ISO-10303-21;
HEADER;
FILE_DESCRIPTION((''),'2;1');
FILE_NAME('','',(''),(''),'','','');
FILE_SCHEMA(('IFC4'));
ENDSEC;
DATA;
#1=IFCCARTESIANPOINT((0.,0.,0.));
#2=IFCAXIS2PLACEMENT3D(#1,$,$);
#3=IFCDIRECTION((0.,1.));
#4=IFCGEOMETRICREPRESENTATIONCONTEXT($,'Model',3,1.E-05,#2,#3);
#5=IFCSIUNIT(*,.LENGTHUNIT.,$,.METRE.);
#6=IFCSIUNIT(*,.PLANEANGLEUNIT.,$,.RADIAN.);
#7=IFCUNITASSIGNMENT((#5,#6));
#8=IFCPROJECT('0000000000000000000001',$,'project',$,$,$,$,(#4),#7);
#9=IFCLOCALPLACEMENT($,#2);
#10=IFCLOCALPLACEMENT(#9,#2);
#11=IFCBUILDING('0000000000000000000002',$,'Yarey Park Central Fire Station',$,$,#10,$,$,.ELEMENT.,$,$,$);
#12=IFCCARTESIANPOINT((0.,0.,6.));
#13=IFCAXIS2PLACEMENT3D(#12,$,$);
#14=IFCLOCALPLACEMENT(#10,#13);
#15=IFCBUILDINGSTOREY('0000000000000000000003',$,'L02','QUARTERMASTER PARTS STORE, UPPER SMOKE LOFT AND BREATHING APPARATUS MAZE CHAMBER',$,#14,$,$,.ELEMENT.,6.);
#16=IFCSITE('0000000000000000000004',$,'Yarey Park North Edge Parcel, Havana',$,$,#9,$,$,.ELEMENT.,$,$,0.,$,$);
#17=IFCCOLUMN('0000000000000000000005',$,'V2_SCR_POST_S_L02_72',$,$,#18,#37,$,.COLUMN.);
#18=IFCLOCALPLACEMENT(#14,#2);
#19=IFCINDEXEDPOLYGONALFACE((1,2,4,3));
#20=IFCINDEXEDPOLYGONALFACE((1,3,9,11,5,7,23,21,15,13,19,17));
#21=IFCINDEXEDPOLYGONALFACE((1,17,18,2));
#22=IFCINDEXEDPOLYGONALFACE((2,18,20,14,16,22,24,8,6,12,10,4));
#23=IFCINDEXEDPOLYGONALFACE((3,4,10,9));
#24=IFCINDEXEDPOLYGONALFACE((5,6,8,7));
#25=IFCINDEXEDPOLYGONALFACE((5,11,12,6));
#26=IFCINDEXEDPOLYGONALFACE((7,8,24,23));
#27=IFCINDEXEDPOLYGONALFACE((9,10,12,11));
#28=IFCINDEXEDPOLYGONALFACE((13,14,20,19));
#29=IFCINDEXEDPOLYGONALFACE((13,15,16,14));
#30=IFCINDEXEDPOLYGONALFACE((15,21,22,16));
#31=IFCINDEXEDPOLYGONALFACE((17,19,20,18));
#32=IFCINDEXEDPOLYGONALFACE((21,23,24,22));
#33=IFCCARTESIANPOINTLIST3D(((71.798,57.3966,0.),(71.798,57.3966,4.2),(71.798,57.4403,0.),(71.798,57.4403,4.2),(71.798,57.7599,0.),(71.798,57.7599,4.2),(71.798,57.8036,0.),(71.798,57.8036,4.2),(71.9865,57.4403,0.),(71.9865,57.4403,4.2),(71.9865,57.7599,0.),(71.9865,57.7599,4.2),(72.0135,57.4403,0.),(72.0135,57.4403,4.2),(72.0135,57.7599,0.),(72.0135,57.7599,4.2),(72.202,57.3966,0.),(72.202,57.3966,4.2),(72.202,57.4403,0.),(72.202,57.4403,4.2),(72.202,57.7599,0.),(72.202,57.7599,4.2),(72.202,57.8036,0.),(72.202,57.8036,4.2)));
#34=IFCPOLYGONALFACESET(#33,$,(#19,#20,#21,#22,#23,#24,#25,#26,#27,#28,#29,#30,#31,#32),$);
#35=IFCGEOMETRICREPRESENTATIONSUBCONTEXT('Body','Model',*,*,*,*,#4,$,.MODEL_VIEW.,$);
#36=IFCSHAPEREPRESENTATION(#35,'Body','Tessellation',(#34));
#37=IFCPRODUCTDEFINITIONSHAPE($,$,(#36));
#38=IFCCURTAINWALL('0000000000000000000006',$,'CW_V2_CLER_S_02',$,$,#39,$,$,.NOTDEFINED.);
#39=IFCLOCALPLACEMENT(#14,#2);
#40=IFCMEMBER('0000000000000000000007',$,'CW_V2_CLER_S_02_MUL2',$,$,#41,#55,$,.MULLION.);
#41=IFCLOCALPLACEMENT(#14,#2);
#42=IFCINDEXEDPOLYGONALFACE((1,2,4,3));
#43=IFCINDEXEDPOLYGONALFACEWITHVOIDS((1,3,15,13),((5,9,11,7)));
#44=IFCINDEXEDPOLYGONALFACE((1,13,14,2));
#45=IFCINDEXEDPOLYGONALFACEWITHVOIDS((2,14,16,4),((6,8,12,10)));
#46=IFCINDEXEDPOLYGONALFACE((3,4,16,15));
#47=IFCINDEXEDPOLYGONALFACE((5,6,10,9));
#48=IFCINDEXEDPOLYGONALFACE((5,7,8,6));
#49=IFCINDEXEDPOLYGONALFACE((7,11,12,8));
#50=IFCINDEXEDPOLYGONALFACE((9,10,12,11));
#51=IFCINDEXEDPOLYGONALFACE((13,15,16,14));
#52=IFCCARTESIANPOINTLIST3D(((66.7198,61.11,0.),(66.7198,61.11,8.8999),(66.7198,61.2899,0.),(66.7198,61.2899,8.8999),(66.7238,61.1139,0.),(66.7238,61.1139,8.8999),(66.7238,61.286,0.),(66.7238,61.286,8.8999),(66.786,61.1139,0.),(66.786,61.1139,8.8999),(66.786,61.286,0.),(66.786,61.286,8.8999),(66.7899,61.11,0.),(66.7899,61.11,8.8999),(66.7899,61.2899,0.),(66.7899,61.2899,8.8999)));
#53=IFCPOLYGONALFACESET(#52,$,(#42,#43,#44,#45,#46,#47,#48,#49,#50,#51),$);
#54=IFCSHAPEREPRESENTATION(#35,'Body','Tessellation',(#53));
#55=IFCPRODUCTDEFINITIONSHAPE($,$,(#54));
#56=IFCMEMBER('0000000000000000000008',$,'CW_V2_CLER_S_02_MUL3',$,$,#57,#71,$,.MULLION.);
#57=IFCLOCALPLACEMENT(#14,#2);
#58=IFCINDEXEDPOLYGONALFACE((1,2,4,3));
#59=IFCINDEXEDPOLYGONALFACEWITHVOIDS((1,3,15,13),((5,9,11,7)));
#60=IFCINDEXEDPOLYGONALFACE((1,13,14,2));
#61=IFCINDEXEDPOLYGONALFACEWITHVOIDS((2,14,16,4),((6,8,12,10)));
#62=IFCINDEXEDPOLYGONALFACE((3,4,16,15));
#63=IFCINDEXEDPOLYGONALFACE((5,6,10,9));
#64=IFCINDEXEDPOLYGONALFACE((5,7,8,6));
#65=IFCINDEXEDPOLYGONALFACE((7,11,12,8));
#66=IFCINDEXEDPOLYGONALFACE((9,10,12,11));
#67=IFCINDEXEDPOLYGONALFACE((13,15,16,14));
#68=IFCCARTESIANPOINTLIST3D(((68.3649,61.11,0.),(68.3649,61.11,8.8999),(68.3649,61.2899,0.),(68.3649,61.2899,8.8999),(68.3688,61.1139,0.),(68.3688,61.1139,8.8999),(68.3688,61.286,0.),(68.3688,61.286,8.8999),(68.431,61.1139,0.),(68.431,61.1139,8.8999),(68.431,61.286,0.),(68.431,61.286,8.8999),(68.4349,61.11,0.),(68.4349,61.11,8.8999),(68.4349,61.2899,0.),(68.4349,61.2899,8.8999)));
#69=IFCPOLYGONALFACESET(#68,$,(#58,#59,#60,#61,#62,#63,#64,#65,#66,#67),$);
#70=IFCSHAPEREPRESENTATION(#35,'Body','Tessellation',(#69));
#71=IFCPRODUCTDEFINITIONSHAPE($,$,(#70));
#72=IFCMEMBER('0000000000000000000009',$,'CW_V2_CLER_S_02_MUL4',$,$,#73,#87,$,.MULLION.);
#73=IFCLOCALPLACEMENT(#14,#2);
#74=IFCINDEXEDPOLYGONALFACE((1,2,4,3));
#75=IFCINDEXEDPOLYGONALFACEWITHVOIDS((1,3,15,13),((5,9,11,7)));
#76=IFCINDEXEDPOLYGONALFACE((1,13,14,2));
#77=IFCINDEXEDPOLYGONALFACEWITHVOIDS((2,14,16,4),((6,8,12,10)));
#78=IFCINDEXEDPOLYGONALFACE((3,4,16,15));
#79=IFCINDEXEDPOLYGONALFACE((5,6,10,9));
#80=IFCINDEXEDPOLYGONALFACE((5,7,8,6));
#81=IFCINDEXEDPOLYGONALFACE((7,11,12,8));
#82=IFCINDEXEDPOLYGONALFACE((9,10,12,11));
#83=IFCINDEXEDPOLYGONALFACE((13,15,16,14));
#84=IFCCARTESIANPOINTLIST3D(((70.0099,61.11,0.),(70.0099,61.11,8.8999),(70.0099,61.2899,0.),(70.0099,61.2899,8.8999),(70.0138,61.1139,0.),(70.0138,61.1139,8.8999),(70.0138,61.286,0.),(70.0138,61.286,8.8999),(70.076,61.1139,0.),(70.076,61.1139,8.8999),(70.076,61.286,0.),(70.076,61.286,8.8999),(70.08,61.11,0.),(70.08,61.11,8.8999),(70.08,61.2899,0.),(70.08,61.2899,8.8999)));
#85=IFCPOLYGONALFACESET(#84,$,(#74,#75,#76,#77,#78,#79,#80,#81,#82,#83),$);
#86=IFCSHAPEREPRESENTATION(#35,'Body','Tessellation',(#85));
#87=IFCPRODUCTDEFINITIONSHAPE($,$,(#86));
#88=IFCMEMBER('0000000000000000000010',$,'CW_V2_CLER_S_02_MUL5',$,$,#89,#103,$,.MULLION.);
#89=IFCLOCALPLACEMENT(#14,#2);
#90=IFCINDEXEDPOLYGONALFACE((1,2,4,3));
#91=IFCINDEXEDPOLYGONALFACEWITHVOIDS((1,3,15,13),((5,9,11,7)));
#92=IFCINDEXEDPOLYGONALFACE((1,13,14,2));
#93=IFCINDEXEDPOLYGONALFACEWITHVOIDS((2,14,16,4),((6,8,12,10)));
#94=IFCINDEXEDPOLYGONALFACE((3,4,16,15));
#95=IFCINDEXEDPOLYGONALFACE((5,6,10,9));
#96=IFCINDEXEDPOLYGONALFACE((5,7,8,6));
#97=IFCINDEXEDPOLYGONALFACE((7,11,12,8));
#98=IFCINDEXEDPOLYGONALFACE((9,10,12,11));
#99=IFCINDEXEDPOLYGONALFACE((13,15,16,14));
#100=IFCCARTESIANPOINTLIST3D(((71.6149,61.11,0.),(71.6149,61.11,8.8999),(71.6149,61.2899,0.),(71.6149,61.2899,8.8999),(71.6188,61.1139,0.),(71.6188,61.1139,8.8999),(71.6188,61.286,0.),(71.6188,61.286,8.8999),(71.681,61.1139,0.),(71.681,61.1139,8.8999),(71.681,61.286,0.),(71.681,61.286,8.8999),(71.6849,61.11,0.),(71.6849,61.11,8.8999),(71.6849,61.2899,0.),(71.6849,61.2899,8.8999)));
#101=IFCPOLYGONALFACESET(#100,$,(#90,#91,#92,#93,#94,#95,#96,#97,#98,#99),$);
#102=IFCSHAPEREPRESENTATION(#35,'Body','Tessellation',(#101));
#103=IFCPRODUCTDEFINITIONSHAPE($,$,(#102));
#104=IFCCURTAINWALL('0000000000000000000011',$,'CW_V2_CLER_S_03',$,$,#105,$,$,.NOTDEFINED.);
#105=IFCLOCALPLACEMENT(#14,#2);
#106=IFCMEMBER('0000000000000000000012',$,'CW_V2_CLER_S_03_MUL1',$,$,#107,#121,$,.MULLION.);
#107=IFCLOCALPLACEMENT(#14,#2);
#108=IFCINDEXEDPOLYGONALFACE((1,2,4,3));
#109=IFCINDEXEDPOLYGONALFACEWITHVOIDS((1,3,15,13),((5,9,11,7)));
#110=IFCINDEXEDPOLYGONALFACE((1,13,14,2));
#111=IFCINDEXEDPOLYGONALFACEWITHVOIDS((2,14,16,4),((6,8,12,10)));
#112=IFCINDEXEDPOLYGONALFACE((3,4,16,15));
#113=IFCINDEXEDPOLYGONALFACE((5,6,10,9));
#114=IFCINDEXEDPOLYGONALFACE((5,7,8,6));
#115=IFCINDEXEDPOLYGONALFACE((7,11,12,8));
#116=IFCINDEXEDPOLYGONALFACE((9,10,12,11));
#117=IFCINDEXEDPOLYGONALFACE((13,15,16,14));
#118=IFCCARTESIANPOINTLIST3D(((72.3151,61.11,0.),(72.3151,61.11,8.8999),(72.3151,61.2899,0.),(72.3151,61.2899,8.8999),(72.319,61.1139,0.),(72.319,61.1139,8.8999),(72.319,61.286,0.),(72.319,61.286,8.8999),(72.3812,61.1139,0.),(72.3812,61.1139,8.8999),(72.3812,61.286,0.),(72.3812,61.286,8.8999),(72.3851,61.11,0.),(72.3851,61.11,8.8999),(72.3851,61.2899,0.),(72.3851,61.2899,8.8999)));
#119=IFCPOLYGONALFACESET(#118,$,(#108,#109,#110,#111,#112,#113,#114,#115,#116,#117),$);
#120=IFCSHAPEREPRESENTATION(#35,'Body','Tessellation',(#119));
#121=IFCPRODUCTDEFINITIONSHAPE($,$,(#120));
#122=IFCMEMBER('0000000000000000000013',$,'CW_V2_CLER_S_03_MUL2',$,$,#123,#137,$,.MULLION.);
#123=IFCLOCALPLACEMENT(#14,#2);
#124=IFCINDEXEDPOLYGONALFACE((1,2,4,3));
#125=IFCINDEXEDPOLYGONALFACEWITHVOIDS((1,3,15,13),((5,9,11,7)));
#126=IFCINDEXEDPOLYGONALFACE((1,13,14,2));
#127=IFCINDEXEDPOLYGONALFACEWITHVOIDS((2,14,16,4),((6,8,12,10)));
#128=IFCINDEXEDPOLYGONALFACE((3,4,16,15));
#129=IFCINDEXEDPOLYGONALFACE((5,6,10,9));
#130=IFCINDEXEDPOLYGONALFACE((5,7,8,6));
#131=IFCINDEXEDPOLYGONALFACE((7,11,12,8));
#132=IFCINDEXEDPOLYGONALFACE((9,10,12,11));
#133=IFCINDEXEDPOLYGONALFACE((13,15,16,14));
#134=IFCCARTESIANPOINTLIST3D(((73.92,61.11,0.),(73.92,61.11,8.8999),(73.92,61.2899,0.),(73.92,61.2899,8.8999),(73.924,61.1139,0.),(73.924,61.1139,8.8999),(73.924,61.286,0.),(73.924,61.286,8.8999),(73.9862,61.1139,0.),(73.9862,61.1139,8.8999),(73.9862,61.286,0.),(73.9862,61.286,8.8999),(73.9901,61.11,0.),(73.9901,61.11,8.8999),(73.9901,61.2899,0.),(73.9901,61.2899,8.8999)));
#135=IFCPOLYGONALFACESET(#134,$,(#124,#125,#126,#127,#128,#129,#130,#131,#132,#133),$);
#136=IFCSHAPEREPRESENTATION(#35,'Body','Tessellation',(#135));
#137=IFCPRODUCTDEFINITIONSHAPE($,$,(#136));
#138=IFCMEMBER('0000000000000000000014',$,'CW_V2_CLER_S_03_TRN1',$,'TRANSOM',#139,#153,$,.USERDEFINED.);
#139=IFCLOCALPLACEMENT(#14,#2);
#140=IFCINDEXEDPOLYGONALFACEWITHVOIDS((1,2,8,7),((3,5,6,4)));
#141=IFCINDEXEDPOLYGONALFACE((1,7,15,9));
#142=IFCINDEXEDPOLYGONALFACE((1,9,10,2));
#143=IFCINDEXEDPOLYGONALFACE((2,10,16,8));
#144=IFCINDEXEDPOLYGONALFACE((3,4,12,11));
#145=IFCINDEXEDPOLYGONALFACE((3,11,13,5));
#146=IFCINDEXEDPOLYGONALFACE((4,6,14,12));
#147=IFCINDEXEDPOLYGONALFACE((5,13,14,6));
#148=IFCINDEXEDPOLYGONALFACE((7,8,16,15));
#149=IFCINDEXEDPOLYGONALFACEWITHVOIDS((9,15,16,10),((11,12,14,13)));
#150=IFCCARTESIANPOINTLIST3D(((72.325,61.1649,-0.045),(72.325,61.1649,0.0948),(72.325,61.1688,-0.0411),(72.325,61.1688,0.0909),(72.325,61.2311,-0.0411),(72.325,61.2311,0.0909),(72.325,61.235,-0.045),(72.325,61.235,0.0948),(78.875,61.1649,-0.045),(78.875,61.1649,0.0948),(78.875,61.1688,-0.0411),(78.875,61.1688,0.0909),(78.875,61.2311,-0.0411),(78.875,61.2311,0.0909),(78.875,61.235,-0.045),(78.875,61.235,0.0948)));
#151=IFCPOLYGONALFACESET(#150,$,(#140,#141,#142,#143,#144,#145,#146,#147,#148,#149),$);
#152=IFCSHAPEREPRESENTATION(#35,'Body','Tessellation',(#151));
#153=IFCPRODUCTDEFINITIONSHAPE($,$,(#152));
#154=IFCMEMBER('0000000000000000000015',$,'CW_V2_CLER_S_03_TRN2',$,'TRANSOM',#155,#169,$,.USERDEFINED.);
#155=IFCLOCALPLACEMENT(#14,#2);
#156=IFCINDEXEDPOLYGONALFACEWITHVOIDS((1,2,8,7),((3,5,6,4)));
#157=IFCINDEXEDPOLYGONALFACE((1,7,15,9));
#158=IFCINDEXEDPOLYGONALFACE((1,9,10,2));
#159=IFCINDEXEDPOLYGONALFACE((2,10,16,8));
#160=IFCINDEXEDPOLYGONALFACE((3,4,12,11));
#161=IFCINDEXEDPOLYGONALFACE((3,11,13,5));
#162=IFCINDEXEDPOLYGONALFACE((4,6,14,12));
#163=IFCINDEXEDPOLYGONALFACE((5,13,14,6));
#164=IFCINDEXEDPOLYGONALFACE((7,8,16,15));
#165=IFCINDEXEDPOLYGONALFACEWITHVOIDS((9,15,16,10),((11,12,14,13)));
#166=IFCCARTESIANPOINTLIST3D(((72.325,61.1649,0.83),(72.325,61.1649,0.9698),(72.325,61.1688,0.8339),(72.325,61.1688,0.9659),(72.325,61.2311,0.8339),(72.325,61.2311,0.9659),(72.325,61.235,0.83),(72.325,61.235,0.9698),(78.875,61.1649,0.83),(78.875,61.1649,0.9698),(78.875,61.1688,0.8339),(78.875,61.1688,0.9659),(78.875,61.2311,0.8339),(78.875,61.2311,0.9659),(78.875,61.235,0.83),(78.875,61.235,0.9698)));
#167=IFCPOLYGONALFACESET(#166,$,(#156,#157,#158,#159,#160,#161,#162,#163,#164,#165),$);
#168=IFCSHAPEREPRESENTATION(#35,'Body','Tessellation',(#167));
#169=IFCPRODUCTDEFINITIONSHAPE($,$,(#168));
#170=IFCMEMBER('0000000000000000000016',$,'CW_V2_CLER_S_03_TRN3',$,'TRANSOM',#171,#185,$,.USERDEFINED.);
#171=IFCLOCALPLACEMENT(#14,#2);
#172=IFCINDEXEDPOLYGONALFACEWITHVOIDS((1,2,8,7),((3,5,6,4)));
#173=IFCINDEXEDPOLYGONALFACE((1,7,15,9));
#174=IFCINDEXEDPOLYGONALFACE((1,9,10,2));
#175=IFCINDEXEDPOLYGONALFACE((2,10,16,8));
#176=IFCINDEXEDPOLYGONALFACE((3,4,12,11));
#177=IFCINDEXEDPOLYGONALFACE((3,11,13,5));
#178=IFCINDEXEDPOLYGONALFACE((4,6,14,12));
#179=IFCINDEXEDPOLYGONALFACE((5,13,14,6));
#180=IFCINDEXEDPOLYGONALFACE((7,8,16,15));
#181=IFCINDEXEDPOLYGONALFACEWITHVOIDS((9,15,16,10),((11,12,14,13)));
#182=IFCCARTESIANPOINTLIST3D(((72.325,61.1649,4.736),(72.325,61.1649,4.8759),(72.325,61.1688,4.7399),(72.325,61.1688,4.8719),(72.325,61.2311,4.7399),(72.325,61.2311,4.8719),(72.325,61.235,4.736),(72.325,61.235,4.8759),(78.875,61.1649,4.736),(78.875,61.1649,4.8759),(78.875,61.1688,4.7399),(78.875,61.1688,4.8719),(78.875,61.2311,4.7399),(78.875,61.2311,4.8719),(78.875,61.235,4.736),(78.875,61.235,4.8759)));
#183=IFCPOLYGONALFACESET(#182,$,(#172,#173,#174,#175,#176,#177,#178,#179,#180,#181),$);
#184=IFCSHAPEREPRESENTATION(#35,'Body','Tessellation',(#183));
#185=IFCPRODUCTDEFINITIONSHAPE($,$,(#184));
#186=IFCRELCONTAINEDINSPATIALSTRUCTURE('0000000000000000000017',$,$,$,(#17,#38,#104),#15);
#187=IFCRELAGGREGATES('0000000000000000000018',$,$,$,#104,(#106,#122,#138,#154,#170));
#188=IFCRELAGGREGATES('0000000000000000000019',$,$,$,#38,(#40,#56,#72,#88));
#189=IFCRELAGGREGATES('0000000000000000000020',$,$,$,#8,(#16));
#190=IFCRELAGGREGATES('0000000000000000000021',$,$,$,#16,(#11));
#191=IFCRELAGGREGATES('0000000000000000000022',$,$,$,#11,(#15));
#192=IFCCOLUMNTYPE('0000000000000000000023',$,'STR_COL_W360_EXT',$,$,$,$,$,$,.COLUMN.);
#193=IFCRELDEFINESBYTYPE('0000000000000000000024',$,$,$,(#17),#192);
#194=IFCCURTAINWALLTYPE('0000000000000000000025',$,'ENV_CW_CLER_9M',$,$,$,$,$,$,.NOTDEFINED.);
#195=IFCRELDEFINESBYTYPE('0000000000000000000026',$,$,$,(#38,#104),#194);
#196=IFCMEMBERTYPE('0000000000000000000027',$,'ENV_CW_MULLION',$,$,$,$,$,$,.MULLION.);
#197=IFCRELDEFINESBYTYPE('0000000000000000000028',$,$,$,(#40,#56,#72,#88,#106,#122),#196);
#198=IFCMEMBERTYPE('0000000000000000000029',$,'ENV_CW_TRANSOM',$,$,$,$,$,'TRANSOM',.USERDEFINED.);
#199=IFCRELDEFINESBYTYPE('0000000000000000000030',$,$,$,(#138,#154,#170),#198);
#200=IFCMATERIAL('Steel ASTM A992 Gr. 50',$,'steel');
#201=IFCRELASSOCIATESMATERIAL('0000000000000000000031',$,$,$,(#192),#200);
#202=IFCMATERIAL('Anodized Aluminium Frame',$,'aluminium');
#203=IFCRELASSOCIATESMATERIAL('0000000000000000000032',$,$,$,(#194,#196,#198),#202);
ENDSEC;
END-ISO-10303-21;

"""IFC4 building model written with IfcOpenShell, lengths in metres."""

from ifc_helpers import new_model, si_unit, direction, frame, origin, origin_2d, place, context, subcontext, project, spatial, hollow_rectangle, i_section, extrude, material, material_profile, profile_set, type_object, element, aggregate, save


model = new_model("IFC4")

# Units and contexts
model_context = context("Model", 3, precision=1e-05, world=origin(), true_north=direction((0.0, 1.0)))
body_context = subcontext(model_context, "Body", "Model", "MODEL_VIEW")
ifc_project = project(units=[si_unit("LENGTHUNIT", "METRE"), si_unit("PLANEANGLEUNIT", "RADIAN")], contexts=[model_context])

# Site, building, storey
site_placement = place(None, origin())
site = spatial("IfcSite", under=ifc_project, at=site_placement, Name="Yarey Park North Edge Parcel, Havana", CompositionType="ELEMENT", RefElevation=0.0)
building_placement = place(site_placement, origin())
building = spatial("IfcBuilding", under=site, at=building_placement, Name="Yarey Park Central Fire Station", CompositionType="ELEMENT")
storey_placement = place(building_placement, frame((0.0, 0.0, 6.0)))
storey = spatial("IfcBuildingStorey", under=building, at=storey_placement, Name="L02", Description="QUARTERMASTER PARTS STORE, UPPER SMOKE LOFT AND BREATHING APPARATUS MAZE CHAMBER", CompositionType="ELEMENT", Elevation=6.0)

# Column
ifc_material_1 = material(Name="Steel ASTM A992 Gr. 50", Category="steel")
ifc_material_profile_1 = material_profile(ifc_material_1, i_section(OverallWidth=0.4041, OverallDepth=0.407, WebThickness=0.0271, FlangeThickness=0.0437, at=origin_2d()), Name="W360x347")
ifc_profile_set_1 = profile_set([ifc_material_profile_1], Name="Steel ASTM A992 Gr. 50")
column_type = type_object("IfcColumnType", Name="STR_COL_W360_EXT", PredefinedType="COLUMN", material=ifc_profile_set_1)
column_placement = place(storey_placement, frame((72.0, 57.6001, 0.0), z_axis=(0.0, 0.0, 1.0), x_axis=(1.0, 0.0, 0.0)))
element("IfcColumn", 1, at=column_placement, inside=storey, type_object=column_type, Name="V2_SCR_POST_S_L02_72", PredefinedType="COLUMN", context=body_context, shape_type="SweptSolid", body=[
    extrude(i_section(OverallWidth=0.4041, OverallDepth=0.407, WebThickness=0.0271, FlangeThickness=0.0437, at=origin_2d()), origin(), (0.0, 0.0, 1.0), 4.2),
])

# Curtain walls, members
ifc_material_2 = material(Name="Anodized Aluminium Frame", Category="aluminium")
curtain_wall_type = type_object("IfcCurtainWallType", Name="ENV_CW_CLER_9M", PredefinedType="NOTDEFINED", material=ifc_material_2)
curtain_wall_1_placement = place(storey_placement, origin())
curtain_wall_1 = element("IfcCurtainWall", 2, at=curtain_wall_1_placement, inside=storey, type_object=curtain_wall_type, Name="CW_V2_CLER_S_02", PredefinedType="NOTDEFINED")
ifc_material_profile_2 = material_profile(ifc_material_2, hollow_rectangle(XDim=0.0701, YDim=0.1799, WallThickness=0.0039, at=origin_2d()), Name="ALU 180x70x4")
ifc_profile_set_2 = profile_set([ifc_material_profile_2], Name="Anodized Aluminium Frame")
member_type_1 = type_object("IfcMemberType", Name="ENV_CW_MULLION", PredefinedType="MULLION", material=ifc_profile_set_2)
member_1_placement = place(storey_placement, frame((66.7549, 61.2, 0.0), z_axis=(0.0, 0.0, 1.0), x_axis=(1.0, 0.0, 0.0)))
member_1 = element("IfcMember", 3, at=member_1_placement, type_object=member_type_1, Name="CW_V2_CLER_S_02_MUL2", PredefinedType="MULLION", context=body_context, shape_type="SweptSolid", body=[
    extrude(hollow_rectangle(XDim=0.0701, YDim=0.1799, WallThickness=0.0039, at=origin_2d()), origin(), (0.0, 0.0, 1.0), 8.8999),
])
member_2_placement = place(storey_placement, frame((68.3999, 61.2, 0.0), z_axis=(0.0, 0.0, 1.0), x_axis=(1.0, 0.0, 0.0)))
member_2 = element("IfcMember", 4, at=member_2_placement, type_object=member_type_1, Name="CW_V2_CLER_S_02_MUL3", PredefinedType="MULLION", context=body_context, shape_type="SweptSolid", body=[
    extrude(hollow_rectangle(XDim=0.0701, YDim=0.1799, WallThickness=0.0039, at=origin_2d()), origin(), (0.0, 0.0, 1.0), 8.8999),
])
member_3_placement = place(storey_placement, frame((70.0449, 61.2, 0.0), z_axis=(0.0, 0.0, 1.0), x_axis=(1.0, 0.0, 0.0)))
member_3 = element("IfcMember", 5, at=member_3_placement, type_object=member_type_1, Name="CW_V2_CLER_S_02_MUL4", PredefinedType="MULLION", context=body_context, shape_type="SweptSolid", body=[
    extrude(hollow_rectangle(XDim=0.0701, YDim=0.1799, WallThickness=0.0039, at=origin_2d()), origin(), (0.0, 0.0, 1.0), 8.8999),
])
member_4_placement = place(storey_placement, frame((71.6499, 61.2, 0.0), z_axis=(0.0, 0.0, 1.0), x_axis=(1.0, 0.0, 0.0)))
member_4 = element("IfcMember", 6, at=member_4_placement, type_object=member_type_1, Name="CW_V2_CLER_S_02_MUL5", PredefinedType="MULLION", context=body_context, shape_type="SweptSolid", body=[
    extrude(hollow_rectangle(XDim=0.0701, YDim=0.1799, WallThickness=0.0039, at=origin_2d()), origin(), (0.0, 0.0, 1.0), 8.8999),
])
curtain_wall_2_placement = place(storey_placement, origin())
curtain_wall_2 = element("IfcCurtainWall", 7, at=curtain_wall_2_placement, inside=storey, type_object=curtain_wall_type, Name="CW_V2_CLER_S_03", PredefinedType="NOTDEFINED")
member_5_placement = place(storey_placement, frame((72.3501, 61.2, 0.0), z_axis=(0.0, 0.0, 1.0), x_axis=(1.0, 0.0, 0.0)))
member_5 = element("IfcMember", 8, at=member_5_placement, type_object=member_type_1, Name="CW_V2_CLER_S_03_MUL1", PredefinedType="MULLION", context=body_context, shape_type="SweptSolid", body=[
    extrude(hollow_rectangle(XDim=0.0701, YDim=0.1799, WallThickness=0.0039, at=origin_2d()), origin(), (0.0, 0.0, 1.0), 8.8999),
])
member_6_placement = place(storey_placement, frame((73.9551, 61.2, 0.0), z_axis=(0.0, 0.0, 1.0), x_axis=(1.0, 0.0, 0.0)))
member_6 = element("IfcMember", 9, at=member_6_placement, type_object=member_type_1, Name="CW_V2_CLER_S_03_MUL2", PredefinedType="MULLION", context=body_context, shape_type="SweptSolid", body=[
    extrude(hollow_rectangle(XDim=0.0701, YDim=0.1799, WallThickness=0.0039, at=origin_2d()), origin(), (0.0, 0.0, 1.0), 8.8999),
])
ifc_material_profile_3 = material_profile(ifc_material_2, hollow_rectangle(XDim=0.0701, YDim=0.1399, WallThickness=0.0039, at=origin_2d()), Name="ALU 140x70x4")
ifc_profile_set_3 = profile_set([ifc_material_profile_3], Name="Anodized Aluminium Frame")
member_type_2 = type_object("IfcMemberType", Name="ENV_CW_TRANSOM", ElementType="TRANSOM", PredefinedType="USERDEFINED", material=ifc_profile_set_3)
member_7_placement = place(storey_placement, frame((72.325, 61.2, 0.0249), z_axis=(1.0, 0.0, 0.0), x_axis=(0.0, 1.0, 0.0)))
member_7 = element("IfcMember", 10, at=member_7_placement, type_object=member_type_2, Name="CW_V2_CLER_S_03_TRN1", ObjectType="TRANSOM", PredefinedType="USERDEFINED", context=body_context, shape_type="SweptSolid", body=[
    extrude(hollow_rectangle(XDim=0.0701, YDim=0.1399, WallThickness=0.0039, at=origin_2d()), origin(), (0.0, 0.0, 1.0), 6.55),
])
member_8_placement = place(storey_placement, frame((72.325, 61.2, 0.8999), z_axis=(1.0, 0.0, 0.0), x_axis=(0.0, 1.0, 0.0)))
member_8 = element("IfcMember", 11, at=member_8_placement, type_object=member_type_2, Name="CW_V2_CLER_S_03_TRN2", ObjectType="TRANSOM", PredefinedType="USERDEFINED", context=body_context, shape_type="SweptSolid", body=[
    extrude(hollow_rectangle(XDim=0.0701, YDim=0.1399, WallThickness=0.0039, at=origin_2d()), origin(), (0.0, 0.0, 1.0), 6.55),
])
member_9_placement = place(storey_placement, frame((72.325, 61.2, 4.8059), z_axis=(1.0, 0.0, 0.0), x_axis=(0.0, 1.0, 0.0)))
member_9 = element("IfcMember", 12, at=member_9_placement, type_object=member_type_2, Name="CW_V2_CLER_S_03_TRN3", ObjectType="TRANSOM", PredefinedType="USERDEFINED", context=body_context, shape_type="SweptSolid", body=[
    extrude(hollow_rectangle(XDim=0.0701, YDim=0.1399, WallThickness=0.0039, at=origin_2d()), origin(), (0.0, 0.0, 1.0), 6.55),
])

aggregate(curtain_wall_2, [member_5, member_6, member_7, member_8, member_9])
aggregate(curtain_wall_1, [member_1, member_2, member_3, member_4])

save(model, "model.ifc")
